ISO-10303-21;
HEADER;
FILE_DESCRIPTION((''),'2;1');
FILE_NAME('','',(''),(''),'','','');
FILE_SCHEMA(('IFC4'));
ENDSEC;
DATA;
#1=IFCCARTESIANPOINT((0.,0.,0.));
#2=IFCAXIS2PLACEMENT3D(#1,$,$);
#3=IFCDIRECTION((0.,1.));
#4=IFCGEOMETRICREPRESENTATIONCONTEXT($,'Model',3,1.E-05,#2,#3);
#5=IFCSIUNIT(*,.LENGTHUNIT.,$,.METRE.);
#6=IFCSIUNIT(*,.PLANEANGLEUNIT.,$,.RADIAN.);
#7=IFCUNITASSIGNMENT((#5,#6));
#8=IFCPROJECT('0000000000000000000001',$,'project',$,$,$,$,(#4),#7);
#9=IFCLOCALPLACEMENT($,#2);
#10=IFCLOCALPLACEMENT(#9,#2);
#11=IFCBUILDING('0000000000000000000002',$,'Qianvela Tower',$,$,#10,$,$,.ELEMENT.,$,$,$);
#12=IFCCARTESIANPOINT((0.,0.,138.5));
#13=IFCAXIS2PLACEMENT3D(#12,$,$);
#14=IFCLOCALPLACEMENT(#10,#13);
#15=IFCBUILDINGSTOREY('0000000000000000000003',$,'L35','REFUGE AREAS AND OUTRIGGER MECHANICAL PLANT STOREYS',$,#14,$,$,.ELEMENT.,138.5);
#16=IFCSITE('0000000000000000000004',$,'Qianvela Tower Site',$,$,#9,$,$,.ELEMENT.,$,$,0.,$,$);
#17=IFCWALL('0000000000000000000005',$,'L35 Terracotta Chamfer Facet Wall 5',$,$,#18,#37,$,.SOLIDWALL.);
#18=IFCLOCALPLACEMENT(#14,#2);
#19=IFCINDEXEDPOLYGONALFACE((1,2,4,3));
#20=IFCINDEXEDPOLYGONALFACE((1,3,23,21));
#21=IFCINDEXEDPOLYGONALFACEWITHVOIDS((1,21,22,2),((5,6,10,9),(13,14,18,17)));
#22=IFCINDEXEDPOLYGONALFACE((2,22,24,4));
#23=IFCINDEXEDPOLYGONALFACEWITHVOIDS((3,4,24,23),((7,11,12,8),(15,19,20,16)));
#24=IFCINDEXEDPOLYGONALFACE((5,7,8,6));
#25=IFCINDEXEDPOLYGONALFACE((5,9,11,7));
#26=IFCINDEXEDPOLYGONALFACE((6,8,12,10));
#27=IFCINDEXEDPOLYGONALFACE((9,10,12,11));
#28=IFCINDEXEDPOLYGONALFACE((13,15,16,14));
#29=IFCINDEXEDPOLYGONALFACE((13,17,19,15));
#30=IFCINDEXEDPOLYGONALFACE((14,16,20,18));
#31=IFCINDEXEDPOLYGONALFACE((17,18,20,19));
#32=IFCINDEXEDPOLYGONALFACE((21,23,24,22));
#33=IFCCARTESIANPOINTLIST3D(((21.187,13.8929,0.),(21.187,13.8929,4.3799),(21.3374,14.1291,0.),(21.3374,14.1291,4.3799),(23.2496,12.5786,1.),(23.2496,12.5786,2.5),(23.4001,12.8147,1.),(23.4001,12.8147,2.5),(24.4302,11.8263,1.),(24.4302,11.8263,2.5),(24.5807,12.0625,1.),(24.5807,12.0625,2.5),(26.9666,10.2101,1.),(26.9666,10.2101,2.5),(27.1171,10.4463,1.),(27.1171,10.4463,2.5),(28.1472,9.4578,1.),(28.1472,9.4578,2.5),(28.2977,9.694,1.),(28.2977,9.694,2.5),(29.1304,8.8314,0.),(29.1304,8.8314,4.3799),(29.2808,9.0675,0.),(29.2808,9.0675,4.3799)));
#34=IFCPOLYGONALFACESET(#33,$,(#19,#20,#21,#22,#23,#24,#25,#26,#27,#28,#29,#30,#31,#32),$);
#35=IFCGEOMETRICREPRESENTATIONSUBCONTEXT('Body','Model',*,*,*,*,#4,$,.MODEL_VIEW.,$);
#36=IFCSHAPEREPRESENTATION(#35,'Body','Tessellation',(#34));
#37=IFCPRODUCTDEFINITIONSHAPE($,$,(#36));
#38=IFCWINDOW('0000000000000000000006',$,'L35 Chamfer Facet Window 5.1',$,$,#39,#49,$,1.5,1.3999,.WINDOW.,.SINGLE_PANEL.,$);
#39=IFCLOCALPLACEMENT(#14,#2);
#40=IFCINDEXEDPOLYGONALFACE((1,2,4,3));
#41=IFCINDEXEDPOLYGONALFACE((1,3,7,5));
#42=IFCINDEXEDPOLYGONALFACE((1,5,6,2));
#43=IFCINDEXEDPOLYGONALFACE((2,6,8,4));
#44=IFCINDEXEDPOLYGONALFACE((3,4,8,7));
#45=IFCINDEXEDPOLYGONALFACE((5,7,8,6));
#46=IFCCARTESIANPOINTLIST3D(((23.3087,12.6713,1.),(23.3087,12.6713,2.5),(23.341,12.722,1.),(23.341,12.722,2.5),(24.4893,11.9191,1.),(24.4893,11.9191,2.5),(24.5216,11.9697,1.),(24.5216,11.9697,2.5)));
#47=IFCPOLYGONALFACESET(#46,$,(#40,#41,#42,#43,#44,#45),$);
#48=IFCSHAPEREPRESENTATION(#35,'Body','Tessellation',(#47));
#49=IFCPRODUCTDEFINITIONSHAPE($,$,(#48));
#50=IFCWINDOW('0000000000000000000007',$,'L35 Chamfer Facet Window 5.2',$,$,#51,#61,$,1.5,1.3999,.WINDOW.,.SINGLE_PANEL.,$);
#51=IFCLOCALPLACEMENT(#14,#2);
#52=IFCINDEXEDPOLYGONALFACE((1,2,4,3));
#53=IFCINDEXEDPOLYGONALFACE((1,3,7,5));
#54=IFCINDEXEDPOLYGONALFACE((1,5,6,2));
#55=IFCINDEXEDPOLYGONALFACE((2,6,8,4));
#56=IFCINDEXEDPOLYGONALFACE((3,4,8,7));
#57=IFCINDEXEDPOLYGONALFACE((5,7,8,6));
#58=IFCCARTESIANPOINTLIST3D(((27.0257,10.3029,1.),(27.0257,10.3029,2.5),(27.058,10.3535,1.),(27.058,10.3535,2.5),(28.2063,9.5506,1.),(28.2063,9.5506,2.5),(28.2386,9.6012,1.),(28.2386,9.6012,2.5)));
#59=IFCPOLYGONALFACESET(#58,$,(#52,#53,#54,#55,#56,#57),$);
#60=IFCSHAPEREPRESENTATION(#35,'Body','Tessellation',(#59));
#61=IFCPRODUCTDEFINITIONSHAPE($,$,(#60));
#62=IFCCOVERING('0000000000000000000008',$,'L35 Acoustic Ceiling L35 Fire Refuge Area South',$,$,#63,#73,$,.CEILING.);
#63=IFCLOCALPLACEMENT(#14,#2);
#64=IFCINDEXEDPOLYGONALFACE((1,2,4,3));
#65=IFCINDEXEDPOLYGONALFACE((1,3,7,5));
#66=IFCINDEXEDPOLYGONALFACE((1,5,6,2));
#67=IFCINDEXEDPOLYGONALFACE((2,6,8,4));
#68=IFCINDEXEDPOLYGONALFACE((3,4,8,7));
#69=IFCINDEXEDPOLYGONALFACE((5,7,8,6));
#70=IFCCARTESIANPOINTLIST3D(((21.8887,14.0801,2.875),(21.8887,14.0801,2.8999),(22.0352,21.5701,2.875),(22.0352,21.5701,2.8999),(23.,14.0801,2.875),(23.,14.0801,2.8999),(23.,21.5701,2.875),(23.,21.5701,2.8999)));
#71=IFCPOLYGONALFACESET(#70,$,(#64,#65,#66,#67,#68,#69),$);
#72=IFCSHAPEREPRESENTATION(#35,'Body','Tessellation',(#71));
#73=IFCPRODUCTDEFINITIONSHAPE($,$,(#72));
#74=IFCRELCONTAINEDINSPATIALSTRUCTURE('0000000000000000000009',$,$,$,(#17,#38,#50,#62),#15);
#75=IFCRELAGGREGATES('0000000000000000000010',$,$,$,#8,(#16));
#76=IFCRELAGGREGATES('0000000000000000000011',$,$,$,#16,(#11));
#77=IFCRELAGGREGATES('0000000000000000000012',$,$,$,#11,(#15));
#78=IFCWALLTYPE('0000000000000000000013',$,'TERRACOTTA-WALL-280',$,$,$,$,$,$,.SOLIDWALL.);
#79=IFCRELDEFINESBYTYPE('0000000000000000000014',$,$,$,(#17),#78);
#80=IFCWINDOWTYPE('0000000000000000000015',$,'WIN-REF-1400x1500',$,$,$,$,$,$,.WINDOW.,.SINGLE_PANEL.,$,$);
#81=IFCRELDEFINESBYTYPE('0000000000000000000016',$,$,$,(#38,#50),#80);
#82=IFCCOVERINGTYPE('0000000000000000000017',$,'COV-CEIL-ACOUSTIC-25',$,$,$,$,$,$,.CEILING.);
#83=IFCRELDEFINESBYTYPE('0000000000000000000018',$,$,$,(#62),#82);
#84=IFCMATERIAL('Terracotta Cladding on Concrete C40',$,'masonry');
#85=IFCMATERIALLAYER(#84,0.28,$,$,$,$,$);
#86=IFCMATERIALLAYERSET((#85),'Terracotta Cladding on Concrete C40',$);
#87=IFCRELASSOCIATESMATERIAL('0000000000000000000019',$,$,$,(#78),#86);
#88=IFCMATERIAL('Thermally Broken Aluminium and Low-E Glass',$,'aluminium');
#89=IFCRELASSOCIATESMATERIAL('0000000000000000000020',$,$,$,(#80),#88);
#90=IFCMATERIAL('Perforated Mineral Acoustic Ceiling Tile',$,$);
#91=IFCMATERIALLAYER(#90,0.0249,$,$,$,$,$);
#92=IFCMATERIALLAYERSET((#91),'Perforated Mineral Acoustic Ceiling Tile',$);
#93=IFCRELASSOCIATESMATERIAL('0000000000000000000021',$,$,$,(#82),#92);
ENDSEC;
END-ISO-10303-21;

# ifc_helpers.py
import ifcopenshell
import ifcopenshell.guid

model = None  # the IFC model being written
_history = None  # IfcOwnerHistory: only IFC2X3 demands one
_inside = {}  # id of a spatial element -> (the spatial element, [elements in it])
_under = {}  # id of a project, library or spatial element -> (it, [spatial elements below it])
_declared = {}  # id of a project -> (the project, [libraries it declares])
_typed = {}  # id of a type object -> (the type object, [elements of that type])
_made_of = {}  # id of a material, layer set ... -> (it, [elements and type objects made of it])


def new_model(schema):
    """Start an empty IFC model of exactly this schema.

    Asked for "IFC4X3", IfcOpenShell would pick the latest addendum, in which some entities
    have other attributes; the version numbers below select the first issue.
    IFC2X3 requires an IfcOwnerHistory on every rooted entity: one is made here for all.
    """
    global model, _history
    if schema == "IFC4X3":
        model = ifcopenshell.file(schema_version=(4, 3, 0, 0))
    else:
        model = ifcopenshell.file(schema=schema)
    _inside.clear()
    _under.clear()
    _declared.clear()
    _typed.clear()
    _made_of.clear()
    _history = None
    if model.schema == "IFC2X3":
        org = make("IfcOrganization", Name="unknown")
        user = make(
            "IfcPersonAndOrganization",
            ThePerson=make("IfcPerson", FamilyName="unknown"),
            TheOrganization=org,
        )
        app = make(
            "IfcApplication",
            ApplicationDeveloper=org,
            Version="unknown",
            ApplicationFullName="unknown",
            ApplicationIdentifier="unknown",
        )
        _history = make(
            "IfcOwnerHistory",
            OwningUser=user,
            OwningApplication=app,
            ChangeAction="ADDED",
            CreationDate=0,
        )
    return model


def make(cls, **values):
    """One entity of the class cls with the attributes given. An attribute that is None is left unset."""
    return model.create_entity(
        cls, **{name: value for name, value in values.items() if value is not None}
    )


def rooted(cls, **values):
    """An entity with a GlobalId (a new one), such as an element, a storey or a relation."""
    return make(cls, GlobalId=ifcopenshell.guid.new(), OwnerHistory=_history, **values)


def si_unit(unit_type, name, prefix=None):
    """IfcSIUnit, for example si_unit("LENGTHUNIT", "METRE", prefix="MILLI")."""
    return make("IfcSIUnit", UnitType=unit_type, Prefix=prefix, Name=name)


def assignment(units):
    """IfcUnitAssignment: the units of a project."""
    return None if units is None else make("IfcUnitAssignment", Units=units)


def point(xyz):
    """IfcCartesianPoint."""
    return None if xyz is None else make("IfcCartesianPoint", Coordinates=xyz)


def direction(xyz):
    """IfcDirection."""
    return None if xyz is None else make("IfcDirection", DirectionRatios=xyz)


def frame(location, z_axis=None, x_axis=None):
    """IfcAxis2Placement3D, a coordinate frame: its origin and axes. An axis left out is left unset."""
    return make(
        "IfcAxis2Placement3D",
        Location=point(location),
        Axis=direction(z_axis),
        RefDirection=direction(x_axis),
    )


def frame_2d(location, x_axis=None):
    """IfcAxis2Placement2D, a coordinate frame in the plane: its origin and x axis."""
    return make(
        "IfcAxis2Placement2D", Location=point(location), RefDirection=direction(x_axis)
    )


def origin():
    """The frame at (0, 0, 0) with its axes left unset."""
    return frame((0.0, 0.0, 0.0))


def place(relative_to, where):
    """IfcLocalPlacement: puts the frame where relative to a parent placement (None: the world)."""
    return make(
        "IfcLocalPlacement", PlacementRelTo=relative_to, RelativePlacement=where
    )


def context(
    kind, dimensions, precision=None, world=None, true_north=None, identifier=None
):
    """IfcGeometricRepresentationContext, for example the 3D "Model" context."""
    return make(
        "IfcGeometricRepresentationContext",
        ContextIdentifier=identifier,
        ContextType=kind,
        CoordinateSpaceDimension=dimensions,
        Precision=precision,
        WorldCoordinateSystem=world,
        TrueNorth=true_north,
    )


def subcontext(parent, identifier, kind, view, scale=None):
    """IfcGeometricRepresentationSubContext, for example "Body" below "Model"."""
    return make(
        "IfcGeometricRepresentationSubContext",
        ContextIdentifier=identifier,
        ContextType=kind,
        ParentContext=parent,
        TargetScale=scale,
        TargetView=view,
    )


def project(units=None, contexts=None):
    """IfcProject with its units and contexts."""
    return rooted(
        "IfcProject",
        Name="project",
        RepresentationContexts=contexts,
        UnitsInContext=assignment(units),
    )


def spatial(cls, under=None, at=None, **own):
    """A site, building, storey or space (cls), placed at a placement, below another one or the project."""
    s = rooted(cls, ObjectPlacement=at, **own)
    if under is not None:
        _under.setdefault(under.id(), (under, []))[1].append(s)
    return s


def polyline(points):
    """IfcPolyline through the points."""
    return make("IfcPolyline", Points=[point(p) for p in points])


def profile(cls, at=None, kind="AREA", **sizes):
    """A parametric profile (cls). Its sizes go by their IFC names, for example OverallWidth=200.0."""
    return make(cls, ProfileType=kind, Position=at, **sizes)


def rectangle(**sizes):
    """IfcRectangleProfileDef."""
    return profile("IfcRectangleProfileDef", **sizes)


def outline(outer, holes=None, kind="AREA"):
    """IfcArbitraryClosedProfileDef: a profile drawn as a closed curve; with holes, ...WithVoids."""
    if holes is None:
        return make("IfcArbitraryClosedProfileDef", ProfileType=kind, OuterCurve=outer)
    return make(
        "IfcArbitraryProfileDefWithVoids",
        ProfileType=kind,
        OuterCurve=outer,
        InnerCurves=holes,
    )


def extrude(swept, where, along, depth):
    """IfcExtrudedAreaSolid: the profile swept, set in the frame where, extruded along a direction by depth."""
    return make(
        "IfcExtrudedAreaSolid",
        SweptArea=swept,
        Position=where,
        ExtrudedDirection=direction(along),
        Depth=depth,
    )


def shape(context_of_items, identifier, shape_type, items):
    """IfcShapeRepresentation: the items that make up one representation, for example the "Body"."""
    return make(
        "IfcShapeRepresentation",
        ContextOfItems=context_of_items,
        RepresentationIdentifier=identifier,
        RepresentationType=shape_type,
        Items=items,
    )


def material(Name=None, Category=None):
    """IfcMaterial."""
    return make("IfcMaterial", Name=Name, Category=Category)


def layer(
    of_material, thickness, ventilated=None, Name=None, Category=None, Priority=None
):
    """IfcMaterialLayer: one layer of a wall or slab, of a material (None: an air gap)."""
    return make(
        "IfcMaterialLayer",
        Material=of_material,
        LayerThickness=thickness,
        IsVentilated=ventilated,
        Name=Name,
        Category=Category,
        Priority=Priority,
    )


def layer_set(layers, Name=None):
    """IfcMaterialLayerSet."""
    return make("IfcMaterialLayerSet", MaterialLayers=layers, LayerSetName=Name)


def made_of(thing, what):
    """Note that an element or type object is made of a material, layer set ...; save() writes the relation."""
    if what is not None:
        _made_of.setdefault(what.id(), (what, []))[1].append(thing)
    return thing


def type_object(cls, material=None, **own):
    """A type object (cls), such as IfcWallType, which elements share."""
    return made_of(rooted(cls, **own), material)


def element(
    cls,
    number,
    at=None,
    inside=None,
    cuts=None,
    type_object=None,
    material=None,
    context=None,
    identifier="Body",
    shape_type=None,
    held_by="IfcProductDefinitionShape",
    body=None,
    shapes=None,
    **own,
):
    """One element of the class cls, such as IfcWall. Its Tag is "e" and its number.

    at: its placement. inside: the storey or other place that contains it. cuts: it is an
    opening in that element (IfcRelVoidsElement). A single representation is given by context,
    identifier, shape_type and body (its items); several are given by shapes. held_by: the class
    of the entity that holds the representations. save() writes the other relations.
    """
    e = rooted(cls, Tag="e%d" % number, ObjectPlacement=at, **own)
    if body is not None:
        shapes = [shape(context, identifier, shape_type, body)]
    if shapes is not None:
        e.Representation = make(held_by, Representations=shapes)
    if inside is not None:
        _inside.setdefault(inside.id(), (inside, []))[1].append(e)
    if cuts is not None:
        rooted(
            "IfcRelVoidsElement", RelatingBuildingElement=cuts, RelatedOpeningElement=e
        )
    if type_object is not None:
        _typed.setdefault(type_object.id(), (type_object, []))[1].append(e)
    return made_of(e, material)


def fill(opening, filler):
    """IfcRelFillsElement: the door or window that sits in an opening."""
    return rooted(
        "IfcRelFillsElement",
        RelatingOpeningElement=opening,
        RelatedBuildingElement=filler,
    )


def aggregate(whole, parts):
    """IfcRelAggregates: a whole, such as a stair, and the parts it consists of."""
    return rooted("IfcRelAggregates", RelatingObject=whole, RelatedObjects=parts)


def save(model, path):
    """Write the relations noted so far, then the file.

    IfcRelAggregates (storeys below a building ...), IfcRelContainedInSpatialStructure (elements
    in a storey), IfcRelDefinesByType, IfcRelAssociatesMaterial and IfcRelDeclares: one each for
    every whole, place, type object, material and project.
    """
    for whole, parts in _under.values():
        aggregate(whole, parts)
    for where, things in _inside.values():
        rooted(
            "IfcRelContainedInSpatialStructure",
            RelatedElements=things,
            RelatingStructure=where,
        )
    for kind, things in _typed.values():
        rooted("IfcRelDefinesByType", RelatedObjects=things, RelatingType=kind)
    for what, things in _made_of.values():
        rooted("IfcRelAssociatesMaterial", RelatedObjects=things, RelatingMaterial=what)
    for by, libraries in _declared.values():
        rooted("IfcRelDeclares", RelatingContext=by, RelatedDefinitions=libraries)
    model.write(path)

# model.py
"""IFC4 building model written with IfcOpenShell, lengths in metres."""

from ifc_helpers import new_model, si_unit, direction, frame, frame_2d, origin, place, context, subcontext, project, spatial, polyline, rectangle, outline, extrude, material, layer, layer_set, type_object, element, fill, save


model = new_model("IFC4")

# Units and contexts
model_context = context("Model", 3, precision=1e-05, world=origin(), true_north=direction((0.0, 1.0)))
body_context = subcontext(model_context, "Body", "Model", "MODEL_VIEW")
ifc_project = project(units=[si_unit("LENGTHUNIT", "METRE"), si_unit("PLANEANGLEUNIT", "RADIAN")], contexts=[model_context])

# Site, building, storey
site_placement = place(None, origin())
site = spatial("IfcSite", under=ifc_project, at=site_placement, Name="Qianvela Tower Site", CompositionType="ELEMENT", RefElevation=0.0)
building_placement = place(site_placement, origin())
building = spatial("IfcBuilding", under=site, at=building_placement, Name="Qianvela Tower", CompositionType="ELEMENT")
storey_placement = place(building_placement, frame((0.0, 0.0, 138.5)))
storey = spatial("IfcBuildingStorey", under=building, at=storey_placement, Name="L35", Description="REFUGE AREAS AND OUTRIGGER MECHANICAL PLANT STOREYS", CompositionType="ELEMENT", Elevation=138.5)

# Wall, openings, windows
ifc_material_1 = material(Name="Terracotta Cladding on Concrete C40", Category="masonry")
ifc_layer_1 = layer(ifc_material_1, 0.28)
ifc_layer_set_1 = layer_set([ifc_layer_1], Name="Terracotta Cladding on Concrete C40")
wall_type = type_object("IfcWallType", Name="TERRACOTTA-WALL-280", PredefinedType="SOLIDWALL", material=ifc_layer_set_1)
wall_placement = place(storey_placement, frame((21.2622, 14.011, 0.0), z_axis=(0.0, 0.0, 1.0), x_axis=(0.843341, -0.537379, 0.0)))
wall = element("IfcWall", 1, at=wall_placement, inside=storey, type_object=wall_type, Name="L35 Terracotta Chamfer Facet Wall 5", PredefinedType="SOLIDWALL", context=body_context, shape_type="SweptSolid", body=[
    extrude(rectangle(XDim=9.4189, YDim=0.28, at=frame_2d((4.7095, 0.0))), origin(), (0.0, 0.0, 1.0), 4.3799),
])
opening_1_placement = place(wall_placement, frame((2.4458, 0.0, 1.0)))
opening_1 = element("IfcOpeningElement", 2, at=opening_1_placement, cuts=wall, PredefinedType="OPENING", context=body_context, shape_type="SweptSolid", body=[
    extrude(rectangle(XDim=1.3999, YDim=1.5, at=frame_2d((0.7, 0.75))), frame((0.0, 0.1499, 0.0), z_axis=(0.0, -1.0, 0.0), x_axis=(1.0, 0.0, 0.0)), (0.0, 0.0, 1.0), 0.3),
])
opening_2_placement = place(wall_placement, frame((6.8533, 0.0, 1.0)))
opening_2 = element("IfcOpeningElement", 3, at=opening_2_placement, cuts=wall, PredefinedType="OPENING", context=body_context, shape_type="SweptSolid", body=[
    extrude(rectangle(XDim=1.3999, YDim=1.5, at=frame_2d((0.7, 0.75))), frame((0.0, 0.1499, 0.0), z_axis=(0.0, -1.0, 0.0), x_axis=(1.0, 0.0, 0.0)), (0.0, 0.0, 1.0), 0.3),
])
ifc_material_2 = material(Name="Thermally Broken Aluminium and Low-E Glass", Category="aluminium")
window_type = type_object("IfcWindowType", Name="WIN-REF-1400x1500", PartitioningType="SINGLE_PANEL", PredefinedType="WINDOW", material=ifc_material_2)
window_1_placement = place(opening_1_placement, origin())
window_1 = element("IfcWindow", 4, at=window_1_placement, inside=storey, type_object=window_type, Name="L35 Chamfer Facet Window 5.1", OverallHeight=1.5, OverallWidth=1.3999, PartitioningType="SINGLE_PANEL", PredefinedType="WINDOW", context=body_context, shape_type="SweptSolid", body=[
    extrude(rectangle(XDim=1.3999, YDim=1.5, at=frame_2d((0.7, 0.75))), frame((0.0, 0.03, 0.0), z_axis=(0.0, -1.0, 0.0), x_axis=(1.0, 0.0, 0.0)), (0.0, 0.0, 1.0), 0.0601),
])
fill(opening_1, window_1)
window_2_placement = place(opening_2_placement, origin())
window_2 = element("IfcWindow", 5, at=window_2_placement, inside=storey, type_object=window_type, Name="L35 Chamfer Facet Window 5.2", OverallHeight=1.5, OverallWidth=1.3999, PartitioningType="SINGLE_PANEL", PredefinedType="WINDOW", context=body_context, shape_type="SweptSolid", body=[
    extrude(rectangle(XDim=1.3999, YDim=1.5, at=frame_2d((0.7, 0.75))), frame((0.0, 0.03, 0.0), z_axis=(0.0, -1.0, 0.0), x_axis=(1.0, 0.0, 0.0)), (0.0, 0.0, 1.0), 0.0601),
])
fill(opening_2, window_2)

# Covering
ifc_material_3 = material(Name="Perforated Mineral Acoustic Ceiling Tile")
ifc_layer_2 = layer(ifc_material_3, 0.0249)
ifc_layer_set_2 = layer_set([ifc_layer_2], Name="Perforated Mineral Acoustic Ceiling Tile")
covering_type_1 = type_object("IfcCoveringType", Name="COV-CEIL-ACOUSTIC-25", PredefinedType="CEILING", material=ifc_layer_set_2)
covering_1_placement = place(storey_placement, frame((0.0, 0.0, 2.875)))
element("IfcCovering", 6, at=covering_1_placement, inside=storey, type_object=covering_type_1, Name="L35 Acoustic Ceiling L35 Fire Refuge Area South", PredefinedType="CEILING", context=body_context, shape_type="SweptSolid", body=[
    extrude(outline(polyline([(21.8887, 14.0801), (22.0352, 21.5701), (23.0, 21.5701), (23.0, 14.0801), (21.8887, 14.0801)])), origin(), (0.0, 0.0, 1.0), 0.0249),
])

save(model, "model.ifc")
